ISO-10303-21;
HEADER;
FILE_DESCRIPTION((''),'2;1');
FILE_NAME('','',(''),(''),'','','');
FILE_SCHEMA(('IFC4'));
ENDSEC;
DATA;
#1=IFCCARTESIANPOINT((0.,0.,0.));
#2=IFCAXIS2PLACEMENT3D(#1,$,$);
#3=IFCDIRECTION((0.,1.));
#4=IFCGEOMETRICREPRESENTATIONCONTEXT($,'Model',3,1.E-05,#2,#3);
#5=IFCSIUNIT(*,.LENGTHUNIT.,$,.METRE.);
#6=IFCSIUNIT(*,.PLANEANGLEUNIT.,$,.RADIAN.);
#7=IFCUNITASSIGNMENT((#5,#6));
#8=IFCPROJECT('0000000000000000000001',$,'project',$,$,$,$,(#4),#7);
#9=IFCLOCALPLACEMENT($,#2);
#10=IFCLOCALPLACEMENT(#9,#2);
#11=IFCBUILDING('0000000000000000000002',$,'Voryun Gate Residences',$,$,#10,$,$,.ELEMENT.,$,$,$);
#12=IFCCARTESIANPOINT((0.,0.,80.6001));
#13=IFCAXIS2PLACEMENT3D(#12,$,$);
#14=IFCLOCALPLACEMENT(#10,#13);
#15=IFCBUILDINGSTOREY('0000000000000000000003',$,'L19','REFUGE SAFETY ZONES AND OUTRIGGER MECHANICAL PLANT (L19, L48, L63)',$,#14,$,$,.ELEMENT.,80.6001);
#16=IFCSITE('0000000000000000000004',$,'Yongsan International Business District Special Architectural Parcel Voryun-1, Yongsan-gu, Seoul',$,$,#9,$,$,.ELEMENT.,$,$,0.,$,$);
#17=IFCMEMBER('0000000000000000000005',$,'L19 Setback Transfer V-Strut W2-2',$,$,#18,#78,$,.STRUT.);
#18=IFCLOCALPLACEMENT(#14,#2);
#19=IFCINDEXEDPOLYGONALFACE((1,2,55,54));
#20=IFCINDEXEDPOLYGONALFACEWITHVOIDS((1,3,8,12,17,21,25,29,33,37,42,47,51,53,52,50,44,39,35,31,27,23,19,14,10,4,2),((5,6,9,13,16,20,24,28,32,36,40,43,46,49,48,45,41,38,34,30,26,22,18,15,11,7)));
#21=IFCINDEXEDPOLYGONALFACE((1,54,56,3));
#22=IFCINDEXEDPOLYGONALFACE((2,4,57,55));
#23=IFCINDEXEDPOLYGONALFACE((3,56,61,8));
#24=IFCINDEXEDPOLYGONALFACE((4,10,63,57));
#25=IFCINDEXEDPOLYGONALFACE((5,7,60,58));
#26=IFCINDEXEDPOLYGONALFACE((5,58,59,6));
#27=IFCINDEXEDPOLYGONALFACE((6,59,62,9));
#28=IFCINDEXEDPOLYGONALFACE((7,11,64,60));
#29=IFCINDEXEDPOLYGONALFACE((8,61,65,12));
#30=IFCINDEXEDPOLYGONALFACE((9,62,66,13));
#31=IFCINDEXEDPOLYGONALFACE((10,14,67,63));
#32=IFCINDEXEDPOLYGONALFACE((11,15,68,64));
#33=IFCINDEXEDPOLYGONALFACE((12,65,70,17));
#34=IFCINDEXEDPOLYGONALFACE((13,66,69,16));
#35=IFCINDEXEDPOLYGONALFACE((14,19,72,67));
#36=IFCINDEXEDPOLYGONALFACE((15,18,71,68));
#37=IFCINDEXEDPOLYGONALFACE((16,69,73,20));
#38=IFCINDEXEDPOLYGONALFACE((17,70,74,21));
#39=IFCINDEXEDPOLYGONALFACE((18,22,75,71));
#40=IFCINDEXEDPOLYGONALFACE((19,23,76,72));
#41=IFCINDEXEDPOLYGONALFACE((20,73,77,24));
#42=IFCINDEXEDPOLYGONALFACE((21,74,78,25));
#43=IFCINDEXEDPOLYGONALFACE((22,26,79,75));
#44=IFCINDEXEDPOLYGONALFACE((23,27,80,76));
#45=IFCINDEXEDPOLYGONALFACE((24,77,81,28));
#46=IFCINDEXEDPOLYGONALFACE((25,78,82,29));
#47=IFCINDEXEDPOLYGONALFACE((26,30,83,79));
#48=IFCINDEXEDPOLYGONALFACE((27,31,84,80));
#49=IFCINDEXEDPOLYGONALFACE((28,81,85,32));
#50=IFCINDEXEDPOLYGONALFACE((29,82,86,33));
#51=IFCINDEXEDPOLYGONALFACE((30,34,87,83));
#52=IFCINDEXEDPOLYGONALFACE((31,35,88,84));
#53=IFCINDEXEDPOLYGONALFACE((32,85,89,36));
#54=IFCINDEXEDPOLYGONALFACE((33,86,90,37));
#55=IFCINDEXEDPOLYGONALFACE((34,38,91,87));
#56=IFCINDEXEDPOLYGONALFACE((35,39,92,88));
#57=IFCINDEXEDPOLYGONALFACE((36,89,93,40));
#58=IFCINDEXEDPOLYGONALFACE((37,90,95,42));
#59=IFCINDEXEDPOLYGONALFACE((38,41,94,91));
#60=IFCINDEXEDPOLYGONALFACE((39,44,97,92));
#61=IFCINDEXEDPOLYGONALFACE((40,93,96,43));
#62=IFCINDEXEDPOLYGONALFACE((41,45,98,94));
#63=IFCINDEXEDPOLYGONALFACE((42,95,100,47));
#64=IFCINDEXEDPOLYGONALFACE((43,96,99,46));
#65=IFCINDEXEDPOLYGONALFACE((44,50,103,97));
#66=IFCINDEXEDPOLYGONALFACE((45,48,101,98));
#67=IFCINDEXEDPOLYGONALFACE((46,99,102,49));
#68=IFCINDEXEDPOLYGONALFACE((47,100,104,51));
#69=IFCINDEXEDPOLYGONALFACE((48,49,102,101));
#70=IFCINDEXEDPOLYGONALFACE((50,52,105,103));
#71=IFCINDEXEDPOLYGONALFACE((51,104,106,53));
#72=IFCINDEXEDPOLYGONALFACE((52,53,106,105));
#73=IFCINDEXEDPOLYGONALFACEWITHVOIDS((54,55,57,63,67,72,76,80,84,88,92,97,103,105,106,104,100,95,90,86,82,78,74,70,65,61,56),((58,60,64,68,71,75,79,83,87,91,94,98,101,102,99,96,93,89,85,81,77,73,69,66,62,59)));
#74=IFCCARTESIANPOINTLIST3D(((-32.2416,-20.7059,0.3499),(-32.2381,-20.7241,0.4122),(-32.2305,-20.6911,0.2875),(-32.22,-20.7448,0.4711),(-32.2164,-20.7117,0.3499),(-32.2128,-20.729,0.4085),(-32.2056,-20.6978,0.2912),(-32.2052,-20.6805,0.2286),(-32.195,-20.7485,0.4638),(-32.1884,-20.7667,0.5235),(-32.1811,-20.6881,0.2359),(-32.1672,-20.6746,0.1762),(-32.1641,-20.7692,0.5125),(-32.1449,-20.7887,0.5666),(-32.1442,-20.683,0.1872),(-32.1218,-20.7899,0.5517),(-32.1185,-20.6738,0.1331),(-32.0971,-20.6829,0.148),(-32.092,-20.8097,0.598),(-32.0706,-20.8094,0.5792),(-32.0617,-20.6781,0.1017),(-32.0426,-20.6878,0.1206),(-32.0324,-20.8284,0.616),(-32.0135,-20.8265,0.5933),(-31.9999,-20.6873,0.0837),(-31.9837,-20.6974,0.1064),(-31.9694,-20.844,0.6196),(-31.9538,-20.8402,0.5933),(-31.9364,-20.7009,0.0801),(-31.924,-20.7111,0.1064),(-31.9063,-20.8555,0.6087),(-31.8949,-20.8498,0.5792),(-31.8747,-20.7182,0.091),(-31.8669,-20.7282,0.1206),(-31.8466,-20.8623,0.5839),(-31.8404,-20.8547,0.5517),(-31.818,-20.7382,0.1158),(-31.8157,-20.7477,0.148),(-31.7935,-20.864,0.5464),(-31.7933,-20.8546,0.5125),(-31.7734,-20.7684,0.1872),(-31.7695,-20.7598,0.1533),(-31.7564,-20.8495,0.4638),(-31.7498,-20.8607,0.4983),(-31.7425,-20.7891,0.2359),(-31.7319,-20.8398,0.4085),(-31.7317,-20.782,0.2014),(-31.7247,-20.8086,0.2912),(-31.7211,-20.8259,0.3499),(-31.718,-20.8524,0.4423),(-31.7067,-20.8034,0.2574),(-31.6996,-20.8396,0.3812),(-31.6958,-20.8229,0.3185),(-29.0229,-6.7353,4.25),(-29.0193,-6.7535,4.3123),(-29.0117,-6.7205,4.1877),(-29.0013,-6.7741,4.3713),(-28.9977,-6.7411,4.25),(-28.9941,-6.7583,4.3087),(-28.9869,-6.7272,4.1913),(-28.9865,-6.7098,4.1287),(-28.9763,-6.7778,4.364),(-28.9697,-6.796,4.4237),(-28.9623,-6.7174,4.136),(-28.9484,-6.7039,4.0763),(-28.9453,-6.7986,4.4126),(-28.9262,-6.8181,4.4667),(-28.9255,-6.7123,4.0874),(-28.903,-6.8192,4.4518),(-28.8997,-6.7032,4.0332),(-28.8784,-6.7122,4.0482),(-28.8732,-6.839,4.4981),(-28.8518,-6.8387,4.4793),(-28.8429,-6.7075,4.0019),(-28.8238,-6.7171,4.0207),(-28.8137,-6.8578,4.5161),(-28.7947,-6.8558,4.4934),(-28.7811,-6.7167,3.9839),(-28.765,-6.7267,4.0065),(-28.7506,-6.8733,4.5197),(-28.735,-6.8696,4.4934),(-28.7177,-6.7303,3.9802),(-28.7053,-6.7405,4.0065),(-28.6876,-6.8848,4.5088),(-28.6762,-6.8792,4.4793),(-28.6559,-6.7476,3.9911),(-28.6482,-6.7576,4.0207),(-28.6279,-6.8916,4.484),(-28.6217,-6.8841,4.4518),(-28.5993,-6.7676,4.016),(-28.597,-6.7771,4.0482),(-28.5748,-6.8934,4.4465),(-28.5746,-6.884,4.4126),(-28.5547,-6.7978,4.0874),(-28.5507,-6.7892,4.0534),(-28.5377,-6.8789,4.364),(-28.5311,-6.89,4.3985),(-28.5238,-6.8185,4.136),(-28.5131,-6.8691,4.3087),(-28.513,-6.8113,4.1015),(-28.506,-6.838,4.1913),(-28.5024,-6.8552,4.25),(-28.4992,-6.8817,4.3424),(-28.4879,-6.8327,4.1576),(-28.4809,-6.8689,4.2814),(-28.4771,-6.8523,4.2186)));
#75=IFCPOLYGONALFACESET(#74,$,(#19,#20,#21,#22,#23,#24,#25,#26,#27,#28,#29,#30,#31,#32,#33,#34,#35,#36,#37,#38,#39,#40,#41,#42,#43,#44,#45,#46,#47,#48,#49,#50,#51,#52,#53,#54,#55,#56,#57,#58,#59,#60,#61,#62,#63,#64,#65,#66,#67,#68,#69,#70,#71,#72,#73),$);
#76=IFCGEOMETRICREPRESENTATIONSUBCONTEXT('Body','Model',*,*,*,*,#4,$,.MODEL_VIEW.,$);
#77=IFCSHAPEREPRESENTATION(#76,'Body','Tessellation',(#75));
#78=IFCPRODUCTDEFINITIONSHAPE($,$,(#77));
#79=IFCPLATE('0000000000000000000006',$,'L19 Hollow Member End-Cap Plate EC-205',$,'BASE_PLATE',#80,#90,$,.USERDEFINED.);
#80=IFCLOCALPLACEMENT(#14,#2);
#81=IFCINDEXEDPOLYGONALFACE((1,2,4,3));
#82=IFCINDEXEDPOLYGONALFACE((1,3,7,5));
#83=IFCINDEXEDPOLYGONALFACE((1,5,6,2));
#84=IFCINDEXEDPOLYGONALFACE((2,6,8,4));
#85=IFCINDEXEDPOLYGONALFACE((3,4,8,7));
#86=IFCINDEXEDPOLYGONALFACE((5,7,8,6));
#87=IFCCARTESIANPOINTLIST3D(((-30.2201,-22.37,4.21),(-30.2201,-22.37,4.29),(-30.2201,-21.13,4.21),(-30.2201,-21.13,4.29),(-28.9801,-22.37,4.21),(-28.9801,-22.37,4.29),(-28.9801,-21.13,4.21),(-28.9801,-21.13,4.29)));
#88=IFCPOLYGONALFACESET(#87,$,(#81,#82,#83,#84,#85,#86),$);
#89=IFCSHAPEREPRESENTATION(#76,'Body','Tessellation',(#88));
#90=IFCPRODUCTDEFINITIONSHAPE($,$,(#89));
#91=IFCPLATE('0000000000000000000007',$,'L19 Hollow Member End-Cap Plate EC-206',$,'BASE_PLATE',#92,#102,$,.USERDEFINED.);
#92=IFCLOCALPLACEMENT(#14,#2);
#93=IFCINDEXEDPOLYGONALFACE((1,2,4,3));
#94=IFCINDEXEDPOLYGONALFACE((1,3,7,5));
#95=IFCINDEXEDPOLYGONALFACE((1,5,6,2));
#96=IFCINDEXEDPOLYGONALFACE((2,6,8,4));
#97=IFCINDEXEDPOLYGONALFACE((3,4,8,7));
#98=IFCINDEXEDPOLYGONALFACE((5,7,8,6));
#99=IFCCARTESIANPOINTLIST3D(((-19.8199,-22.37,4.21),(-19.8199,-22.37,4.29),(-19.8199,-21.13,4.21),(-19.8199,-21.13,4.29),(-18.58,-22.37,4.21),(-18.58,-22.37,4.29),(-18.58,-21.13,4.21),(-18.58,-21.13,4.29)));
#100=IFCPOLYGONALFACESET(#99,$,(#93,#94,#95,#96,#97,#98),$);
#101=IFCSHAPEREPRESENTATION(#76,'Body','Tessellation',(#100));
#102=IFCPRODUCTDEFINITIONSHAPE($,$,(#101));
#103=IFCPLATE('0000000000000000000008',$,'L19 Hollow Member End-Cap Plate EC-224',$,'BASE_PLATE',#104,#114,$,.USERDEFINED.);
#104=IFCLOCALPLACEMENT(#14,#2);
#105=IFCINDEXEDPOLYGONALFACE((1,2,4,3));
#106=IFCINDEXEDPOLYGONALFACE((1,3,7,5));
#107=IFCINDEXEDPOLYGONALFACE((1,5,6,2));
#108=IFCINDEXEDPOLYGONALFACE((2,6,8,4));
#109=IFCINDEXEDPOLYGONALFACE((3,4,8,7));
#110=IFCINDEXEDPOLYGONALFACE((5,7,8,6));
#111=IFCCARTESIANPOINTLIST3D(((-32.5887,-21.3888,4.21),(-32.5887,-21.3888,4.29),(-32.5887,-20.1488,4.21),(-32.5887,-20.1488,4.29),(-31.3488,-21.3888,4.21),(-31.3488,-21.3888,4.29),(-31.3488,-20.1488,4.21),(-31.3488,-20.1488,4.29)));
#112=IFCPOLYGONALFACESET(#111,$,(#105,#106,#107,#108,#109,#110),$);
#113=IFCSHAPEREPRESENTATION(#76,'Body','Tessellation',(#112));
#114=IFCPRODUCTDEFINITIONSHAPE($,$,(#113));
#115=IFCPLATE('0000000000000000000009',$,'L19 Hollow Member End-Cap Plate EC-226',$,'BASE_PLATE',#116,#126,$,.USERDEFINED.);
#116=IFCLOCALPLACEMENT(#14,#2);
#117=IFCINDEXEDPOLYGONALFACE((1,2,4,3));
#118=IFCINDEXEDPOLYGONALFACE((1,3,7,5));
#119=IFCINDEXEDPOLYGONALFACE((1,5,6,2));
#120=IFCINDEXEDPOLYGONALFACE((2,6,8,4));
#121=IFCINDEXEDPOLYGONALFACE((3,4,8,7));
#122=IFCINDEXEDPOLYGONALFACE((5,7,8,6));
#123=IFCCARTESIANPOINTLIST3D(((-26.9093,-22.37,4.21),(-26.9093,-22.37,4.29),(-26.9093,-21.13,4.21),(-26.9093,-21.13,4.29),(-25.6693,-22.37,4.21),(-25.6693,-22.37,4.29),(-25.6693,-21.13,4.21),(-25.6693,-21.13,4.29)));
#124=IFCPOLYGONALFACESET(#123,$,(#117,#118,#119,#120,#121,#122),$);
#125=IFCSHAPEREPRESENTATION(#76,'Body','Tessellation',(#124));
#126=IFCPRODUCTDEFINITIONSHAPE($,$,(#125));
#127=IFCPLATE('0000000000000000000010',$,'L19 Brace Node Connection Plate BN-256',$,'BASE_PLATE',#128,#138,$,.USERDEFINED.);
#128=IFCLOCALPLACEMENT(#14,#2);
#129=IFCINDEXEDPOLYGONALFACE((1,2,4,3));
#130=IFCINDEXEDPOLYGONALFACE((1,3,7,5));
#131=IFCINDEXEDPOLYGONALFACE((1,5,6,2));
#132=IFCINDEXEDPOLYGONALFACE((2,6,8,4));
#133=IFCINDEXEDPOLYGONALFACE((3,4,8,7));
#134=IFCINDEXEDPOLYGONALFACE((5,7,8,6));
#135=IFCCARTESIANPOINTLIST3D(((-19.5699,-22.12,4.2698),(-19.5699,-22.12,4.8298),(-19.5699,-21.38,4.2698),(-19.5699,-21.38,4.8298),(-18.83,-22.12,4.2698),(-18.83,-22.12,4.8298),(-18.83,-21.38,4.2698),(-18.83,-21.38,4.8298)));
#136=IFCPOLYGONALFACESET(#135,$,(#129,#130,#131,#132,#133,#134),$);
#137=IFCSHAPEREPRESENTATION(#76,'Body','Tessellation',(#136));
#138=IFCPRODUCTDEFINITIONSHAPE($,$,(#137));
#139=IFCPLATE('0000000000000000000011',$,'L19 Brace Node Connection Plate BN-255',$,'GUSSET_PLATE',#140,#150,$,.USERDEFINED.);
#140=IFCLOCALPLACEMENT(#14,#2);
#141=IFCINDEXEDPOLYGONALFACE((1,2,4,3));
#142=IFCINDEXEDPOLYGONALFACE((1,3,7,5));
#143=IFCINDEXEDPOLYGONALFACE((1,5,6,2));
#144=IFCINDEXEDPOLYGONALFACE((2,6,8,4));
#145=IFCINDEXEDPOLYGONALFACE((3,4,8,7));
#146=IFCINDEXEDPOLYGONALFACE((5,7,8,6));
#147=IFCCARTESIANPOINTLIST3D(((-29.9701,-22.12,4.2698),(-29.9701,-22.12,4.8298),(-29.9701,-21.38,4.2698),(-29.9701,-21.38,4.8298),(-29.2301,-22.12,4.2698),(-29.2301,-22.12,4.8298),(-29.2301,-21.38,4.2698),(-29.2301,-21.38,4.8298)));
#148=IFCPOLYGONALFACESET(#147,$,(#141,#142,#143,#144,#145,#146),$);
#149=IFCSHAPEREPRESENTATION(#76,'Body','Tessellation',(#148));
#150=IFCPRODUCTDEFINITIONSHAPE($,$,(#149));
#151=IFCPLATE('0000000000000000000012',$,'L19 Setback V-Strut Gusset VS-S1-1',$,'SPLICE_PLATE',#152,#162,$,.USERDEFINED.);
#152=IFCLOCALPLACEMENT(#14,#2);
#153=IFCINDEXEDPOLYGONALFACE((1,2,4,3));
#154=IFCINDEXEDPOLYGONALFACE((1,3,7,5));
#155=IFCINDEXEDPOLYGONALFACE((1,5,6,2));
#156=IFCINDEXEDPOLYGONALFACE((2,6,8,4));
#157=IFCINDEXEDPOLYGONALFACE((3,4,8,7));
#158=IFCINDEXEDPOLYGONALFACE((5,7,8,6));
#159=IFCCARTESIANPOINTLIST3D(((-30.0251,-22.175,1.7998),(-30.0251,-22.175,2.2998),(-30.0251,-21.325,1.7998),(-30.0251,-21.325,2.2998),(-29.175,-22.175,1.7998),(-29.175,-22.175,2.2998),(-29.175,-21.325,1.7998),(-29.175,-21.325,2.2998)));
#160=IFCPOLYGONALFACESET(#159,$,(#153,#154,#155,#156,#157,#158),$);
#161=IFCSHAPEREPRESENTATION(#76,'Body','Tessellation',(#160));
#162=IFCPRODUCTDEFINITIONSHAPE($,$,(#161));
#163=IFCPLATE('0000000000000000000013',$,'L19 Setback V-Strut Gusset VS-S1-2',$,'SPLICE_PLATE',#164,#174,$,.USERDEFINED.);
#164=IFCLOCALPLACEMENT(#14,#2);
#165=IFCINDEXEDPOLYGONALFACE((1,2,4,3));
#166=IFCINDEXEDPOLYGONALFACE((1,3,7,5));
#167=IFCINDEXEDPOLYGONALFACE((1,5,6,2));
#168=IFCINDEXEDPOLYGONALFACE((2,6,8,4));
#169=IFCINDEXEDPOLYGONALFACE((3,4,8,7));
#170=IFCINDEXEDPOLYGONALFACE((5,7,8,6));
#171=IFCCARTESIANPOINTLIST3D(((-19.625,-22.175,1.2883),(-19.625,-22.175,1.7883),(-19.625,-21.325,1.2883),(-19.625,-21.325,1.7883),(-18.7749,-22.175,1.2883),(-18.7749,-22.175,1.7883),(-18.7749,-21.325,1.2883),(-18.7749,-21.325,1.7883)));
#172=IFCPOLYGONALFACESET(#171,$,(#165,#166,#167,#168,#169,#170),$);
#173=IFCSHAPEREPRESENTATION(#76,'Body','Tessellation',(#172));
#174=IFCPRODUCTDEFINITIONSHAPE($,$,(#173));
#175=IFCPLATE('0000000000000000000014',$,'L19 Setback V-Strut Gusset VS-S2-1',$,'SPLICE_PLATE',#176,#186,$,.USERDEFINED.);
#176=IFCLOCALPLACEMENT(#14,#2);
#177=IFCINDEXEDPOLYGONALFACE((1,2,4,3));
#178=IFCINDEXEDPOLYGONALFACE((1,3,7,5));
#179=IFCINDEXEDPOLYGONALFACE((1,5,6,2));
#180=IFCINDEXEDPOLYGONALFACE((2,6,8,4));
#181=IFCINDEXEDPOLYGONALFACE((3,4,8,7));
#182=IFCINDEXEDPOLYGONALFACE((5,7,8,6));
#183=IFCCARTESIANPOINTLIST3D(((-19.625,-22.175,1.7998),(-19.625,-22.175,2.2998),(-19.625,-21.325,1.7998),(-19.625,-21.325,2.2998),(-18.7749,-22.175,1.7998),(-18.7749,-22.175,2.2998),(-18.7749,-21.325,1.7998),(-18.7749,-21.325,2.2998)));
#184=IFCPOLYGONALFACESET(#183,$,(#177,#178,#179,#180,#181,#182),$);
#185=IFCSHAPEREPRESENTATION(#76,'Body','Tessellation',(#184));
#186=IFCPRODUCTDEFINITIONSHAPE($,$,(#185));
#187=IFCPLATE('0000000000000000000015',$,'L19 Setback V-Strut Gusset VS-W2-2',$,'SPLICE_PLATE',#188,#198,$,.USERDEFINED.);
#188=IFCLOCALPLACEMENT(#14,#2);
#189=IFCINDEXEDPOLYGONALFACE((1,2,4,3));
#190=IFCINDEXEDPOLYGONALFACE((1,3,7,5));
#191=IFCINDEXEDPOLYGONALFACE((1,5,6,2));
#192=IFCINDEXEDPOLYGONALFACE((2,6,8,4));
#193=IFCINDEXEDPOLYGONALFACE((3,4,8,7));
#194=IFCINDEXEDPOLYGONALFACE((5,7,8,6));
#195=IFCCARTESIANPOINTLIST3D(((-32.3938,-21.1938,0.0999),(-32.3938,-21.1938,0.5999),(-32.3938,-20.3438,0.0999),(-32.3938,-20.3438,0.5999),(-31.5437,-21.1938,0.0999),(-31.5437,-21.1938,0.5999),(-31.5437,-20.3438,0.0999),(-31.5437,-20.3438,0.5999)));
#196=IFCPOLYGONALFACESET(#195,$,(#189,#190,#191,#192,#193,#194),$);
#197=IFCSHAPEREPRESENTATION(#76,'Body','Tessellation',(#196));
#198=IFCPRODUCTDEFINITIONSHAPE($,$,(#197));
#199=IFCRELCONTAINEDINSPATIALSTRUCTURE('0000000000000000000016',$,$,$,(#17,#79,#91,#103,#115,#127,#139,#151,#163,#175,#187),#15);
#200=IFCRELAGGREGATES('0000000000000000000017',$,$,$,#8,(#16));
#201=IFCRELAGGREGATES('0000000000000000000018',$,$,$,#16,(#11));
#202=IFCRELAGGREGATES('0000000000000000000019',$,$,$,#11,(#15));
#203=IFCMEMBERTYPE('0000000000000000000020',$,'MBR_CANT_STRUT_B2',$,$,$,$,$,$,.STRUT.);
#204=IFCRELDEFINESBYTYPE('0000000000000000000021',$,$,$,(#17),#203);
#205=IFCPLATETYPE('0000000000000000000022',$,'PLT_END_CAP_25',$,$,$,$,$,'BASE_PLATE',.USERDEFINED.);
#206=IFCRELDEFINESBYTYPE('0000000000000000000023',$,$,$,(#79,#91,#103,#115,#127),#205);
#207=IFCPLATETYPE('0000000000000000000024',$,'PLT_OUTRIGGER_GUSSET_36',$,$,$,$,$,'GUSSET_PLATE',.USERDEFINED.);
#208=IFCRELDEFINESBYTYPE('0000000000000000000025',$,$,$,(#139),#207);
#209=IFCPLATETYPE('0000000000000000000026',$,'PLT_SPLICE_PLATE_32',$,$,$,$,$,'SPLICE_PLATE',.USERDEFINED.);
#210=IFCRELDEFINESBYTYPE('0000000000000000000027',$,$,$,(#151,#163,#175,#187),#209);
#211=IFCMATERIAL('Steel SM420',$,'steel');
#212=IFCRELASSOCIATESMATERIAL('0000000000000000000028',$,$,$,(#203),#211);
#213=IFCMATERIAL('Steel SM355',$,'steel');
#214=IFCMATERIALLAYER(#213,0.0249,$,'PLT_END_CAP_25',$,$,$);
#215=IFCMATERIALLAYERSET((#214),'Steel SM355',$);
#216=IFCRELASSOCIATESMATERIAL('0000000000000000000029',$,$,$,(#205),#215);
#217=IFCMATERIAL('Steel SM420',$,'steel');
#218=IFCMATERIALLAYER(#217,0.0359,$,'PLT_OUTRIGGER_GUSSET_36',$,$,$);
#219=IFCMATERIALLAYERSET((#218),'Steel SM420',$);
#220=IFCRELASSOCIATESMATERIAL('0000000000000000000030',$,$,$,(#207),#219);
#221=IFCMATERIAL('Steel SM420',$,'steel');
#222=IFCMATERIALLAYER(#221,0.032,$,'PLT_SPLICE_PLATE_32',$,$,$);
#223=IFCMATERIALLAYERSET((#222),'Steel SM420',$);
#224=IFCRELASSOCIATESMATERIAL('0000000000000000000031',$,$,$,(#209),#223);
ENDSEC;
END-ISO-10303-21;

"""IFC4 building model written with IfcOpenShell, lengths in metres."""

from ifc_helpers import new_model, si_unit, direction, frame, origin, origin_2d, place, context, subcontext, project, spatial, rectangle, hollow_circle, extrude, material, layer, layer_set, material_profile, profile_set, type_object, element, save


model = new_model("IFC4")

# Units and contexts
model_context = context("Model", 3, precision=1e-05, world=origin(), true_north=direction((0.0, 1.0)))
body_context = subcontext(model_context, "Body", "Model", "MODEL_VIEW")
ifc_project = project(units=[si_unit("LENGTHUNIT", "METRE"), si_unit("PLANEANGLEUNIT", "RADIAN")], contexts=[model_context])

# Site, building, storey
site_placement = place(None, origin())
site = spatial("IfcSite", under=ifc_project, at=site_placement, Name="Yongsan International Business District Special Architectural Parcel Voryun-1, Yongsan-gu, Seoul", CompositionType="ELEMENT", RefElevation=0.0)
building_placement = place(site_placement, origin())
building = spatial("IfcBuilding", under=site, at=building_placement, Name="Voryun Gate Residences", CompositionType="ELEMENT")
storey_placement = place(building_placement, frame((0.0, 0.0, 80.6001)))
storey = spatial("IfcBuildingStorey", under=building, at=storey_placement, Name="L19", Description="REFUGE SAFETY ZONES AND OUTRIGGER MECHANICAL PLANT (L19, L48, L63)", CompositionType="ELEMENT", Elevation=80.6001)

# Member
ifc_material_1 = material(Name="Steel SM420", Category="steel")
ifc_material_profile_1 = material_profile(ifc_material_1, hollow_circle(Radius=0.28, WallThickness=0.0259, at=origin_2d()), Name="CHS-560x26")
ifc_profile_set_1 = profile_set([ifc_material_profile_1], Name="Steel SM420")
member_type = type_object("IfcMemberType", Name="MBR_CANT_STRUT_B2", PredefinedType="STRUT", material=ifc_profile_set_1)
member_1_placement = place(storey_placement, frame((-31.9688, -20.7688, 0.3499), z_axis=(0.216638, 0.940299, 0.2625), x_axis=(-0.974471, 0.224511, 0.0)))
element("IfcMember", 1, at=member_1_placement, inside=storey, type_object=member_type, Name="L19 Setback Transfer V-Strut W2-2", PredefinedType="STRUT", context=body_context, shape_type="SweptSolid", body=[
    extrude(hollow_circle(Radius=0.28, WallThickness=0.0259, at=origin_2d()), origin(), (0.0, 0.0, 1.0), 14.8577),
])

# Plates
ifc_material_2 = material(Name="Steel SM355", Category="steel")
ifc_layer_1 = layer(ifc_material_2, 0.0249, Name="PLT_END_CAP_25")
ifc_layer_set_1 = layer_set([ifc_layer_1], Name="Steel SM355")
plate_type_1 = type_object("IfcPlateType", Name="PLT_END_CAP_25", ElementType="BASE_PLATE", PredefinedType="USERDEFINED", material=ifc_layer_set_1)
for number, where, z_axis, x_axis, name in (
    (2, (-29.6001, -21.75, 4.21), (0.0, 0.0, 1.0), (1.0, 0.0, 0.0), "L19 Hollow Member End-Cap Plate EC-205"),
    (3, (-19.2, -21.75, 4.21), (0.0, 0.0, 1.0), (1.0, 0.0, 0.0), "L19 Hollow Member End-Cap Plate EC-206"),
    (4, (-31.9688, -20.7688, 4.21), (0.0, 0.0, 1.0), (1.0, 0.0, 0.0), "L19 Hollow Member End-Cap Plate EC-224"),
    (5, (-26.2893, -21.75, 4.21), (0.0, 0.0, 1.0), (1.0, 0.0, 0.0), "L19 Hollow Member End-Cap Plate EC-226"),
):
    element("IfcPlate", number, at=place(storey_placement, frame(where, z_axis=z_axis, x_axis=x_axis)), inside=storey, type_object=plate_type_1, Name=name, ObjectType="BASE_PLATE", PredefinedType="USERDEFINED", context=body_context, shape_type="SweptSolid", body=[
        extrude(rectangle(XDim=1.24, YDim=1.24, at=origin_2d()), origin(), (0.0, 0.0, 1.0), 0.0801),
    ])
plate_1_placement = place(storey_placement, frame((-19.2, -21.75, 4.2698), z_axis=(0.0, 0.0, 1.0), x_axis=(1.0, 0.0, 0.0)))
element("IfcPlate", 6, at=plate_1_placement, inside=storey, type_object=plate_type_1, Name="L19 Brace Node Connection Plate BN-256", ObjectType="BASE_PLATE", PredefinedType="USERDEFINED", context=body_context, shape_type="SweptSolid", body=[
    extrude(rectangle(XDim=0.74, YDim=0.74, at=origin_2d()), origin(), (0.0, 0.0, 1.0), 0.5601),
])
ifc_material_3 = material(Name="Steel SM420", Category="steel")
ifc_layer_2 = layer(ifc_material_3, 0.0359, Name="PLT_OUTRIGGER_GUSSET_36")
ifc_layer_set_2 = layer_set([ifc_layer_2], Name="Steel SM420")
plate_type_2 = type_object("IfcPlateType", Name="PLT_OUTRIGGER_GUSSET_36", ElementType="GUSSET_PLATE", PredefinedType="USERDEFINED", material=ifc_layer_set_2)
plate_2_placement = place(storey_placement, frame((-29.6001, -21.75, 4.2698), z_axis=(0.0, 0.0, 1.0), x_axis=(1.0, 0.0, 0.0)))
element("IfcPlate", 7, at=plate_2_placement, inside=storey, type_object=plate_type_2, Name="L19 Brace Node Connection Plate BN-255", ObjectType="GUSSET_PLATE", PredefinedType="USERDEFINED", context=body_context, shape_type="SweptSolid", body=[
    extrude(rectangle(XDim=0.74, YDim=0.74, at=origin_2d()), origin(), (0.0, 0.0, 1.0), 0.5601),
])
ifc_material_4 = material(Name="Steel SM420", Category="steel")
ifc_layer_3 = layer(ifc_material_4, 0.032, Name="PLT_SPLICE_PLATE_32")
ifc_layer_set_3 = layer_set([ifc_layer_3], Name="Steel SM420")
plate_type_3 = type_object("IfcPlateType", Name="PLT_SPLICE_PLATE_32", ElementType="SPLICE_PLATE", PredefinedType="USERDEFINED", material=ifc_layer_set_3)
for number, where, z_axis, x_axis, name in (
    (8, (-29.6001, -21.75, 1.7998), (0.0, 0.0, 1.0), (1.0, 0.0, 0.0), "L19 Setback V-Strut Gusset VS-S1-1"),
    (9, (-19.2, -21.75, 1.2883), (0.0, 0.0, 1.0), (1.0, 0.0, 0.0), "L19 Setback V-Strut Gusset VS-S1-2"),
    (10, (-19.2, -21.75, 1.7998), (0.0, 0.0, 1.0), (1.0, 0.0, 0.0), "L19 Setback V-Strut Gusset VS-S2-1"),
    (11, (-31.9688, -20.7688, 0.0999), (0.0, 0.0, 1.0), (1.0, 0.0, 0.0), "L19 Setback V-Strut Gusset VS-W2-2"),
):
    element("IfcPlate", number, at=place(storey_placement, frame(where, z_axis=z_axis, x_axis=x_axis)), inside=storey, type_object=plate_type_3, Name=name, ObjectType="SPLICE_PLATE", PredefinedType="USERDEFINED", context=body_context, shape_type="SweptSolid", body=[
        extrude(rectangle(XDim=0.8501, YDim=0.8501, at=origin_2d()), origin(), (0.0, 0.0, 1.0), 0.5),
    ])

save(model, "model.ifc")
